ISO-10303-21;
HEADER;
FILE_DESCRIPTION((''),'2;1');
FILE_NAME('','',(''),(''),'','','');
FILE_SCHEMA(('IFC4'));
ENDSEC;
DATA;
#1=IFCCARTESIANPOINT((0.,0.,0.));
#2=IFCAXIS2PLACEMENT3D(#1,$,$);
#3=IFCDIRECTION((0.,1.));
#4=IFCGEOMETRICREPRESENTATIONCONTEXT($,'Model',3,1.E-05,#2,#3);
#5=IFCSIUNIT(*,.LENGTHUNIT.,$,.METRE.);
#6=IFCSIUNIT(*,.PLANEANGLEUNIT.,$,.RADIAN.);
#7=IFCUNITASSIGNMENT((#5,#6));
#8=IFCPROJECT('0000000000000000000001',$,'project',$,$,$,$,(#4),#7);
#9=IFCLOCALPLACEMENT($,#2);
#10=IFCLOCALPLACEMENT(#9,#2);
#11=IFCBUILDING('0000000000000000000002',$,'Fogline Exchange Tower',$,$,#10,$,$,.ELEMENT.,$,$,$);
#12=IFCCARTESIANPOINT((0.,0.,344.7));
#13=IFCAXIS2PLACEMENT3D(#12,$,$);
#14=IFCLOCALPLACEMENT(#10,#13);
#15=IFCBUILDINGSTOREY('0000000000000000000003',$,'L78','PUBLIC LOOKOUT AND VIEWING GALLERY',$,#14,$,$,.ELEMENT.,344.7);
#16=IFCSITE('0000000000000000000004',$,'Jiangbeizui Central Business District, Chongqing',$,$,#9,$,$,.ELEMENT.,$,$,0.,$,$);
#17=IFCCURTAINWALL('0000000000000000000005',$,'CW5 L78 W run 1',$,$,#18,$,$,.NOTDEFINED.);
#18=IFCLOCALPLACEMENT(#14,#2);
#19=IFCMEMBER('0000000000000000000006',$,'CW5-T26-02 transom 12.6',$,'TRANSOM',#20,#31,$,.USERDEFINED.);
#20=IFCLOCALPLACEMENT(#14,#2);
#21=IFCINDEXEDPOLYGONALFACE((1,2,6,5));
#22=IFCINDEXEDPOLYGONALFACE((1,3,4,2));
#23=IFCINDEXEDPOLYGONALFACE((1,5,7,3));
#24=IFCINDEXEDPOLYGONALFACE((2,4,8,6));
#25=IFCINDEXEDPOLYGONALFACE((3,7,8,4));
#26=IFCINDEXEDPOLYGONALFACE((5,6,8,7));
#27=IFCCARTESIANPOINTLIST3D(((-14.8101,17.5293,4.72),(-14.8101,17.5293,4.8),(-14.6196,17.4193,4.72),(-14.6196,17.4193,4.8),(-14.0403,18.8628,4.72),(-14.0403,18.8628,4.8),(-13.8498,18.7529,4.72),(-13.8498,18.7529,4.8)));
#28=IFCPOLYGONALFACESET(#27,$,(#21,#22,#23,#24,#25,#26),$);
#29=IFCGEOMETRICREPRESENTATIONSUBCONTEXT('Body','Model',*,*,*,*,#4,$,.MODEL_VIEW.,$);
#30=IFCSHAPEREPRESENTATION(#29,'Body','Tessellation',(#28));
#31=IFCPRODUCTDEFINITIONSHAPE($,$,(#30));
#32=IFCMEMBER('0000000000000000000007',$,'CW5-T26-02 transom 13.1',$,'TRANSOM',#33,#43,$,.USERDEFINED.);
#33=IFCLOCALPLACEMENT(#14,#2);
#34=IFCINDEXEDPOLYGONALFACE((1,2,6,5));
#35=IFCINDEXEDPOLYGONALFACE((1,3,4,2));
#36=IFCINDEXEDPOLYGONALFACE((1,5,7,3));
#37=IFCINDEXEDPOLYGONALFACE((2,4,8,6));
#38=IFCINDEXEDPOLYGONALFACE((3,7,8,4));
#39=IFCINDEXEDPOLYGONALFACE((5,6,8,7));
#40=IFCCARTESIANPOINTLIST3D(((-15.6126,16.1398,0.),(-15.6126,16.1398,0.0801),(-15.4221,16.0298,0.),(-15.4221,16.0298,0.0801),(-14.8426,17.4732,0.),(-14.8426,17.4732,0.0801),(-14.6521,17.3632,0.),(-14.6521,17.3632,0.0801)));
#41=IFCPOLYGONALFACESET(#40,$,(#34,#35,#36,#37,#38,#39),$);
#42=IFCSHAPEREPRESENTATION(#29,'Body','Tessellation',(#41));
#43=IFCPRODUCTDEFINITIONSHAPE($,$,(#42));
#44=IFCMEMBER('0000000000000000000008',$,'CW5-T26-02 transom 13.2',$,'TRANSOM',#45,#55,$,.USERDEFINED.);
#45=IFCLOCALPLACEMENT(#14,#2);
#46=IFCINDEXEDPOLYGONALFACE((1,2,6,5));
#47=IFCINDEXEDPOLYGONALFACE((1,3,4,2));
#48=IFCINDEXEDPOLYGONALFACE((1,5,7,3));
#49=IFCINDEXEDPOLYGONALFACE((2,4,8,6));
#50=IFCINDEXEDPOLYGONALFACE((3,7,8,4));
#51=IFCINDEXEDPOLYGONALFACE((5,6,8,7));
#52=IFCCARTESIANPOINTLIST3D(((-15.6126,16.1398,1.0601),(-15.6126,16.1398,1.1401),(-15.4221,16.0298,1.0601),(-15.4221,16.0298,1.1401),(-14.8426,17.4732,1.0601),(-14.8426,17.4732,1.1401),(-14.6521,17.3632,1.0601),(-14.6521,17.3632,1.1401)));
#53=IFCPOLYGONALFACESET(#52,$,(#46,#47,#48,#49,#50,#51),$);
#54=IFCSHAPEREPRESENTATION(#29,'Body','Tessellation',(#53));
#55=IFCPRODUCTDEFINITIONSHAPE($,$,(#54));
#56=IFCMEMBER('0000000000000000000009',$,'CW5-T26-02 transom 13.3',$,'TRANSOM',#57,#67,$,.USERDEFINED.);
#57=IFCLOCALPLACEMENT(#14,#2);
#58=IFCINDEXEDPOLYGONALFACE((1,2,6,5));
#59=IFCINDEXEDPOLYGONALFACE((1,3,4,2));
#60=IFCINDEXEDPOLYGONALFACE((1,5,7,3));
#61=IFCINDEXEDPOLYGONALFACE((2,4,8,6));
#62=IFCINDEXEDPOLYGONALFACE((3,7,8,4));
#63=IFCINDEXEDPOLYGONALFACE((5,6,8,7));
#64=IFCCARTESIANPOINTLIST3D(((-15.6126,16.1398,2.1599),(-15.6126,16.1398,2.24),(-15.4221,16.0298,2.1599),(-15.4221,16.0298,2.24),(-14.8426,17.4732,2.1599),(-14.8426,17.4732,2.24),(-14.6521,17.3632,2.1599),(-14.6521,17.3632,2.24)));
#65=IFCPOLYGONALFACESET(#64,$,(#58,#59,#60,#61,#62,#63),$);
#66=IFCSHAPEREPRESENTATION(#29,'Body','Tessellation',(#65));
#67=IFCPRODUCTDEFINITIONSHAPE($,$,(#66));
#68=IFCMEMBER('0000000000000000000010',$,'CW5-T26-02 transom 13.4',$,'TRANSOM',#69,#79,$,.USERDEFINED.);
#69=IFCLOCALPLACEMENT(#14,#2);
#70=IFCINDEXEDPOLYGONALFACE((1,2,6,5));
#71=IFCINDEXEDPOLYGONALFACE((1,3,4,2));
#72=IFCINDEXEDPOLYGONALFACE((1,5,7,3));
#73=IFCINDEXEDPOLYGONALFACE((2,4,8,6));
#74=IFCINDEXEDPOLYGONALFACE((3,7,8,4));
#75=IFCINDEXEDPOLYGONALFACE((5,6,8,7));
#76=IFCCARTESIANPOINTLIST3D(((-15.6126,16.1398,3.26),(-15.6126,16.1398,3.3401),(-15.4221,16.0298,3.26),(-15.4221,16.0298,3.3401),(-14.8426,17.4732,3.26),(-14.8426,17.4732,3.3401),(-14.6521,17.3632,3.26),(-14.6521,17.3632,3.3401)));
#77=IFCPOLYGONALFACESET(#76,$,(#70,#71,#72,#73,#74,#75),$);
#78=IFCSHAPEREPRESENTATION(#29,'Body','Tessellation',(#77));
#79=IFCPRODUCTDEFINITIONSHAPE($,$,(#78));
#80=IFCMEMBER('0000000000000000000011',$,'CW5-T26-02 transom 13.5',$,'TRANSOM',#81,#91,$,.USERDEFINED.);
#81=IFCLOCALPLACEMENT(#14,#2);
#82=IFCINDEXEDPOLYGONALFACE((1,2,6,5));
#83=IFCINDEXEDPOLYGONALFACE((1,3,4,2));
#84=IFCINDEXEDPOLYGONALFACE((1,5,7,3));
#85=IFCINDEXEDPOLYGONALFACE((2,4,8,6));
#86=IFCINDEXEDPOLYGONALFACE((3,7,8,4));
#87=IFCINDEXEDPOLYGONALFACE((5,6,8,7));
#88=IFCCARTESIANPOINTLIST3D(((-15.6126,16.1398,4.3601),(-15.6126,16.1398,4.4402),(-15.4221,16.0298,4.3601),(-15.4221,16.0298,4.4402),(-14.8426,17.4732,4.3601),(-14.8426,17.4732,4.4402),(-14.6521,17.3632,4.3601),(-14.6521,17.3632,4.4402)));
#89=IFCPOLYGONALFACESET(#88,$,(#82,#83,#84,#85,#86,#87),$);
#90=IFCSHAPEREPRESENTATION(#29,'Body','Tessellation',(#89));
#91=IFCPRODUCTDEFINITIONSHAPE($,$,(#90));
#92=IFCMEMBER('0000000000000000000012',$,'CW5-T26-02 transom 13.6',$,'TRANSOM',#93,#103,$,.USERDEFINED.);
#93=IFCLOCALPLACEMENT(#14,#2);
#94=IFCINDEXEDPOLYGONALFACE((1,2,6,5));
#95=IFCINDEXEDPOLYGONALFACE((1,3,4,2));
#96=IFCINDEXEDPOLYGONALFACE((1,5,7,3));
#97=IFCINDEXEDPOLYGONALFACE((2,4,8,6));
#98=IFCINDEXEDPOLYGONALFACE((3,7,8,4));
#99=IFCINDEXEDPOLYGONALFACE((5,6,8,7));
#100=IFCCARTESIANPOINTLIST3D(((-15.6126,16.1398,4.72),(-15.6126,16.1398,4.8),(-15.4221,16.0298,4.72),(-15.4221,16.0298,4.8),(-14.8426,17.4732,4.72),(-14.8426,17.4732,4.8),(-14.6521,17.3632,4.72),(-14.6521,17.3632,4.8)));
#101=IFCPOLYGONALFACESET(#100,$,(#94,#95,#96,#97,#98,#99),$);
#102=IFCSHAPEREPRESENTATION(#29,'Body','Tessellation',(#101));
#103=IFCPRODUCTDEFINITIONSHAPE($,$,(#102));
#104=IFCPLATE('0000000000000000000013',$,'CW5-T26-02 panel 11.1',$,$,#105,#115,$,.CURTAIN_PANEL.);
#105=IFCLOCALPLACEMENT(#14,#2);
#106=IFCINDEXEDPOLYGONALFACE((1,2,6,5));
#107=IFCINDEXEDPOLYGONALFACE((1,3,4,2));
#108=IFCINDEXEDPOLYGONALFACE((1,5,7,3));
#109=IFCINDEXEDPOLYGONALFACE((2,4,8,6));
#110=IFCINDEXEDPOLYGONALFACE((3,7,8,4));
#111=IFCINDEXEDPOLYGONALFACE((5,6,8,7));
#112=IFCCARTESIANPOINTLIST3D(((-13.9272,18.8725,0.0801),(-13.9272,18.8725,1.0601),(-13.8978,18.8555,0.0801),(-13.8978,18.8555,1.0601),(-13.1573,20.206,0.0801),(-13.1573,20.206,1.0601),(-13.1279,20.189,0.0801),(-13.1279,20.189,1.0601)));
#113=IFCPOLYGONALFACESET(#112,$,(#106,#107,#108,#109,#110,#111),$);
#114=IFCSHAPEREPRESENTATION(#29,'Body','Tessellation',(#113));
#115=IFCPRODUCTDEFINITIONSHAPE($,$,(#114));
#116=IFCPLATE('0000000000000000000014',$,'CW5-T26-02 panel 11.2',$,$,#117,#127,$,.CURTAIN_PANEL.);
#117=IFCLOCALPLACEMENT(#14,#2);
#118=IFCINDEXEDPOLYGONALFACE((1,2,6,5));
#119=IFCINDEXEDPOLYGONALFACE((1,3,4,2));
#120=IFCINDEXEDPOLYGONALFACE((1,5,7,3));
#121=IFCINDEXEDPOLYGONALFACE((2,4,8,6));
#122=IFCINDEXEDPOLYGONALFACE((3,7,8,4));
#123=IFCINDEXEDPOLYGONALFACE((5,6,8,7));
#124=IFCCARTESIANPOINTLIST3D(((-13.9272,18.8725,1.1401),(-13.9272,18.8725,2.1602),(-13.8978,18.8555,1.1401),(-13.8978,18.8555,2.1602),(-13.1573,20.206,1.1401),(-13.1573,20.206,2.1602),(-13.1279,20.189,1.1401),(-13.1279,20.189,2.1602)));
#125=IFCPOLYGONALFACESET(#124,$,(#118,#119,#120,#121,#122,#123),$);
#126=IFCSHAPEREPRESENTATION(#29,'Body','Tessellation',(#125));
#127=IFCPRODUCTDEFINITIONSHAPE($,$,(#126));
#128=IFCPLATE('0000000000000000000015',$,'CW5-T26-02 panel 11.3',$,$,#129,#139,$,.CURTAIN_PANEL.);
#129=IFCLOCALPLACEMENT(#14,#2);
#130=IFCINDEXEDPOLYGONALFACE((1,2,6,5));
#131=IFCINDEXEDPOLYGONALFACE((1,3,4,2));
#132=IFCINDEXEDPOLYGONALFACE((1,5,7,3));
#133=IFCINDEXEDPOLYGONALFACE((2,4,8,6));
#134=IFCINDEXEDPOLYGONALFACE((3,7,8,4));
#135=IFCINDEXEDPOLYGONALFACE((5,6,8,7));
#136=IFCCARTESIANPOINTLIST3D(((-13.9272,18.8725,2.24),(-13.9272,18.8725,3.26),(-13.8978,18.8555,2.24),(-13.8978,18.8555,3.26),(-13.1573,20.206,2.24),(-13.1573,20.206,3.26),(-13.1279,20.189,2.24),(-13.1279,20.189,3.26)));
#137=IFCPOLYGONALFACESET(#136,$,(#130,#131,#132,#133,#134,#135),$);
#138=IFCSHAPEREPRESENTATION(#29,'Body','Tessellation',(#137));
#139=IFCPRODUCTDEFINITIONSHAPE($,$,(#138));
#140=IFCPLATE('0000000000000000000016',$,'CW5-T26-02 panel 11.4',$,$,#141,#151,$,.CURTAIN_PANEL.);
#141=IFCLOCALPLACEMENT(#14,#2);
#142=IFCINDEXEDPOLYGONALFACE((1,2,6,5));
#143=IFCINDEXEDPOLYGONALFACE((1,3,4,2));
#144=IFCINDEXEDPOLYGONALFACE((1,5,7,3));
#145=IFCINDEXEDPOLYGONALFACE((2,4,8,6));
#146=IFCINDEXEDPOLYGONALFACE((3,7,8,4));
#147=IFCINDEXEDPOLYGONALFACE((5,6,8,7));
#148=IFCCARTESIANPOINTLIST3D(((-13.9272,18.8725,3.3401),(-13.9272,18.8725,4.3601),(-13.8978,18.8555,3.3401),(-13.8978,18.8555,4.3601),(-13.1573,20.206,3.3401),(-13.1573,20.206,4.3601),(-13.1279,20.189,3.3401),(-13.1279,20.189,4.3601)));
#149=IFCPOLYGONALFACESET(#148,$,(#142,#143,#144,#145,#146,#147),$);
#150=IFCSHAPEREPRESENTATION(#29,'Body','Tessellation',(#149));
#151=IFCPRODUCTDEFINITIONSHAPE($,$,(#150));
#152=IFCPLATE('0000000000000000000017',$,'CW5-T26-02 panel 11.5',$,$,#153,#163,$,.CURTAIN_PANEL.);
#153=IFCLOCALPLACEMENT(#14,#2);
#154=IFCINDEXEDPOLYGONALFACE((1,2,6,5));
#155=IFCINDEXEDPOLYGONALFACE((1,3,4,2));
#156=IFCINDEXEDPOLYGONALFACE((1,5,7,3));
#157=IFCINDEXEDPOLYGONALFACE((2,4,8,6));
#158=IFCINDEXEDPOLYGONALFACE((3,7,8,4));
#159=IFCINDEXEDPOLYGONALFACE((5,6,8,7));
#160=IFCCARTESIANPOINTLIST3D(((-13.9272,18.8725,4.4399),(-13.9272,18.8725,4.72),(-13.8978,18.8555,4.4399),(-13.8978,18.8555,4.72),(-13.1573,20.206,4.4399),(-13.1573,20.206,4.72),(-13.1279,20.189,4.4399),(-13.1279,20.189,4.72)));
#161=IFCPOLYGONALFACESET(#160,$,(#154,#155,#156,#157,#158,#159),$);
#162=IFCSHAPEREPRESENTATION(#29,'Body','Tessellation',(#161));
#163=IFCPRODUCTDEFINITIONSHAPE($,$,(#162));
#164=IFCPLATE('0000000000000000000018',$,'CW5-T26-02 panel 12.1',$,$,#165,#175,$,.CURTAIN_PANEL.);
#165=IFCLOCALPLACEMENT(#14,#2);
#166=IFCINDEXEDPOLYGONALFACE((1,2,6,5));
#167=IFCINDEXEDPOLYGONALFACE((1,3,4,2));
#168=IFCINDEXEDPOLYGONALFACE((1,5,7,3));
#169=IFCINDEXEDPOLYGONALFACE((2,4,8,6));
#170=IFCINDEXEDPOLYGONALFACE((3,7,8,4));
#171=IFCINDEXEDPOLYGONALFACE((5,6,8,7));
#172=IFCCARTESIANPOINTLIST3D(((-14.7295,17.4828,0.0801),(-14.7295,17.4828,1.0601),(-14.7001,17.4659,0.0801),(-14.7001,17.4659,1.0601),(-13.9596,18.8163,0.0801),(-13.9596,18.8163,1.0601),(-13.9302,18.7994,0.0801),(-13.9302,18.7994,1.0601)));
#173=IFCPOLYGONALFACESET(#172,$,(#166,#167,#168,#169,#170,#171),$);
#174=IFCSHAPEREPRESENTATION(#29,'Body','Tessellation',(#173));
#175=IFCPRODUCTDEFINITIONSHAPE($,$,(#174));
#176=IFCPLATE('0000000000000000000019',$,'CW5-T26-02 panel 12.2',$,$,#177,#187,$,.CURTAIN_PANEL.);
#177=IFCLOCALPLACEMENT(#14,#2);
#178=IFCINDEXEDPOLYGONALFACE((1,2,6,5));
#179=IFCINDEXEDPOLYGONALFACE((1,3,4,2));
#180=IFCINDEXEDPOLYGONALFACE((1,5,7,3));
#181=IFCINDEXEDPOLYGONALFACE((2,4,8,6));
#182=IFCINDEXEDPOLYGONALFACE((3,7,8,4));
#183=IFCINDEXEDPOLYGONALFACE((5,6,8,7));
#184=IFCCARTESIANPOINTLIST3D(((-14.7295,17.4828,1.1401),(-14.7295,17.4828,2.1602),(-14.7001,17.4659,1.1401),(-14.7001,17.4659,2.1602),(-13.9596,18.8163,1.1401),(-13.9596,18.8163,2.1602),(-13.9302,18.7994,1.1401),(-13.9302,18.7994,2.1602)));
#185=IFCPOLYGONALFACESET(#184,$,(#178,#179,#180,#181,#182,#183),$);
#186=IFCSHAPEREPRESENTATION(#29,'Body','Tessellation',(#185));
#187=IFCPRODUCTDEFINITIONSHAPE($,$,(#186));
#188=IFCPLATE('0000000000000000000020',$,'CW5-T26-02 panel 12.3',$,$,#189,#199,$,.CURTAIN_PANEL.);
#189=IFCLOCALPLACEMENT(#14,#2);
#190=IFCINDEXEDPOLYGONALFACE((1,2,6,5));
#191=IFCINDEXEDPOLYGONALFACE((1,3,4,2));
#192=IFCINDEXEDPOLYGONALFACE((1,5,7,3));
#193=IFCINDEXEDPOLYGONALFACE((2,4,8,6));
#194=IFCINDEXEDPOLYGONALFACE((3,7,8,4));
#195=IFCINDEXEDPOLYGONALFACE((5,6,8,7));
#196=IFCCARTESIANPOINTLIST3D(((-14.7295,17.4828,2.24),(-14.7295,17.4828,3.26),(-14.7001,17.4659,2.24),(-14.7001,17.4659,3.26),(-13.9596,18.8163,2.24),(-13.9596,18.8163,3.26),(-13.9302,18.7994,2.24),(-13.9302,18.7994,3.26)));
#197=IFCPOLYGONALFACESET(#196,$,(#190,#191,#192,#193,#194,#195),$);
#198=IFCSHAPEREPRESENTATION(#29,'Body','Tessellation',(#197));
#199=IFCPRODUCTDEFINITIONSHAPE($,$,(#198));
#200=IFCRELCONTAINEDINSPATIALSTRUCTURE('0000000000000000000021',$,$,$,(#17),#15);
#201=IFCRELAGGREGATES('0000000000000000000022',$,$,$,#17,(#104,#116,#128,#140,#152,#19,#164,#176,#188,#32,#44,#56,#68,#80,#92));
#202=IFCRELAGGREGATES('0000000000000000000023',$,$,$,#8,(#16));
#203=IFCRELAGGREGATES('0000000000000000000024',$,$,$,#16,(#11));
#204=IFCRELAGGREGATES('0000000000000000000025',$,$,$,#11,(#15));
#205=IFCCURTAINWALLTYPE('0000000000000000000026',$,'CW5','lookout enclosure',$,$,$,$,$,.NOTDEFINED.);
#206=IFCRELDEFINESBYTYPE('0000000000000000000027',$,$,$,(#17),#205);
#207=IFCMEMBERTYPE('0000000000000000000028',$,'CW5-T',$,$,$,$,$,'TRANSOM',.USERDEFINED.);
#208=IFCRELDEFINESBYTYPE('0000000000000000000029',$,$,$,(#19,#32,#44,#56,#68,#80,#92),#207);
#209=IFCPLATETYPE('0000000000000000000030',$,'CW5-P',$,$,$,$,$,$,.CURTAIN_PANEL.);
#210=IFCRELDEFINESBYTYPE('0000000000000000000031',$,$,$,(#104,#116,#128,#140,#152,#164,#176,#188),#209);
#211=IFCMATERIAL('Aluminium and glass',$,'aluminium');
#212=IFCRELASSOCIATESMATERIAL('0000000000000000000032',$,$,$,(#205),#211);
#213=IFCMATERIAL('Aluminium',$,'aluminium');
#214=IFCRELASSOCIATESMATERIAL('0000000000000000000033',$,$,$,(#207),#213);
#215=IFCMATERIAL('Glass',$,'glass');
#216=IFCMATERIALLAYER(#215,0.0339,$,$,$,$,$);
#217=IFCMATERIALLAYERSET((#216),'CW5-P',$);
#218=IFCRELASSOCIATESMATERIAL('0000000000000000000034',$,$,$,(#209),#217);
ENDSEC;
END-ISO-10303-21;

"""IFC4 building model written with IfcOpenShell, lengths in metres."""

from ifc_helpers import new_model, si_unit, direction, frame, origin, origin_2d, place, context, subcontext, project, spatial, rectangle, extrude, material, layer, layer_set, material_profile, profile_set, type_object, element, aggregate, save


model = new_model("IFC4")

# Units and contexts
model_context = context("Model", 3, precision=1e-05, world=origin(), true_north=direction((0.0, 1.0)))
body_context = subcontext(model_context, "Body", "Model", "MODEL_VIEW")
ifc_project = project(units=[si_unit("LENGTHUNIT", "METRE"), si_unit("PLANEANGLEUNIT", "RADIAN")], contexts=[model_context])

# Site, building, storey
site_placement = place(None, origin())
site = spatial("IfcSite", under=ifc_project, at=site_placement, Name="Jiangbeizui Central Business District, Chongqing", CompositionType="ELEMENT", RefElevation=0.0)
building_placement = place(site_placement, origin())
building = spatial("IfcBuilding", under=site, at=building_placement, Name="Fogline Exchange Tower", CompositionType="ELEMENT")
storey_placement = place(building_placement, frame((0.0, 0.0, 344.7)))
storey = spatial("IfcBuildingStorey", under=building, at=storey_placement, Name="L78", Description="PUBLIC LOOKOUT AND VIEWING GALLERY", CompositionType="ELEMENT", Elevation=344.7)

# Curtain wall, members, plates
ifc_material_1 = material(Name="Aluminium and glass", Category="aluminium")
curtain_wall_type = type_object("IfcCurtainWallType", Name="CW5", Description="lookout enclosure", PredefinedType="NOTDEFINED", material=ifc_material_1)
curtain_wall_placement = place(storey_placement, origin())
curtain_wall = element("IfcCurtainWall", 1, at=curtain_wall_placement, inside=storey, type_object=curtain_wall_type, Name="CW5 L78 W run 1", PredefinedType="NOTDEFINED")
ifc_material_2 = material(Name="Aluminium", Category="aluminium")
ifc_material_profile_1 = material_profile(ifc_material_2, rectangle(XDim=0.22, YDim=0.0801, at=origin_2d()), Name="Transom 80x220")
ifc_profile_set_1 = profile_set([ifc_material_profile_1], Name="Aluminium")
member_type_1 = type_object("IfcMemberType", Name="CW5-T", ElementType="TRANSOM", PredefinedType="USERDEFINED", material=ifc_profile_set_1)
member_1_placement = place(storey_placement, frame((-13.9451, 18.8079, 4.76), z_axis=(-0.499942, -0.866059, 0.0), x_axis=(0.866059, -0.499942, 0.0)))
member_1 = element("IfcMember", 2, at=member_1_placement, type_object=member_type_1, Name="CW5-T26-02 transom 12.6", ObjectType="TRANSOM", PredefinedType="USERDEFINED", context=body_context, shape_type="SweptSolid", body=[
    extrude(rectangle(XDim=0.22, YDim=0.0801, at=origin_2d()), origin(), (0.0, 0.0, 1.0), 1.5398),
])
member_2_placement = place(storey_placement, frame((-14.7473, 17.4182, 0.04), z_axis=(-0.500061, -0.86599, 0.0), x_axis=(0.86599, -0.500061, 0.0)))
member_2 = element("IfcMember", 3, at=member_2_placement, type_object=member_type_1, Name="CW5-T26-02 transom 13.1", ObjectType="TRANSOM", PredefinedType="USERDEFINED", context=body_context, shape_type="SweptSolid", body=[
    extrude(rectangle(XDim=0.22, YDim=0.0801, at=origin_2d()), origin(), (0.0, 0.0, 1.0), 1.5398),
])
member_3_placement = place(storey_placement, frame((-14.7473, 17.4182, 1.1001), z_axis=(-0.500061, -0.86599, 0.0), x_axis=(0.86599, -0.500061, 0.0)))
member_3 = element("IfcMember", 4, at=member_3_placement, type_object=member_type_1, Name="CW5-T26-02 transom 13.2", ObjectType="TRANSOM", PredefinedType="USERDEFINED", context=body_context, shape_type="SweptSolid", body=[
    extrude(rectangle(XDim=0.22, YDim=0.0801, at=origin_2d()), origin(), (0.0, 0.0, 1.0), 1.5398),
])
member_4_placement = place(storey_placement, frame((-14.7473, 17.4182, 2.2), z_axis=(-0.500061, -0.86599, 0.0), x_axis=(0.86599, -0.500061, 0.0)))
member_4 = element("IfcMember", 5, at=member_4_placement, type_object=member_type_1, Name="CW5-T26-02 transom 13.3", ObjectType="TRANSOM", PredefinedType="USERDEFINED", context=body_context, shape_type="SweptSolid", body=[
    extrude(rectangle(XDim=0.22, YDim=0.0801, at=origin_2d()), origin(), (0.0, 0.0, 1.0), 1.5398),
])
member_5_placement = place(storey_placement, frame((-14.7473, 17.4182, 3.3), z_axis=(-0.500061, -0.86599, 0.0), x_axis=(0.86599, -0.500061, 0.0)))
member_5 = element("IfcMember", 6, at=member_5_placement, type_object=member_type_1, Name="CW5-T26-02 transom 13.4", ObjectType="TRANSOM", PredefinedType="USERDEFINED", context=body_context, shape_type="SweptSolid", body=[
    extrude(rectangle(XDim=0.22, YDim=0.0801, at=origin_2d()), origin(), (0.0, 0.0, 1.0), 1.5398),
])
member_6_placement = place(storey_placement, frame((-14.7473, 17.4182, 4.4001), z_axis=(-0.500061, -0.86599, 0.0), x_axis=(0.86599, -0.500061, 0.0)))
member_6 = element("IfcMember", 7, at=member_6_placement, type_object=member_type_1, Name="CW5-T26-02 transom 13.5", ObjectType="TRANSOM", PredefinedType="USERDEFINED", context=body_context, shape_type="SweptSolid", body=[
    extrude(rectangle(XDim=0.22, YDim=0.0801, at=origin_2d()), origin(), (0.0, 0.0, 1.0), 1.5398),
])
member_7_placement = place(storey_placement, frame((-14.7473, 17.4182, 4.76), z_axis=(-0.500061, -0.86599, 0.0), x_axis=(0.86599, -0.500061, 0.0)))
member_7 = element("IfcMember", 8, at=member_7_placement, type_object=member_type_1, Name="CW5-T26-02 transom 13.6", ObjectType="TRANSOM", PredefinedType="USERDEFINED", context=body_context, shape_type="SweptSolid", body=[
    extrude(rectangle(XDim=0.22, YDim=0.0801, at=origin_2d()), origin(), (0.0, 0.0, 1.0), 1.5398),
])
ifc_material_3 = material(Name="Glass", Category="glass")
ifc_layer_1 = layer(ifc_material_3, 0.0339)
ifc_layer_set_1 = layer_set([ifc_layer_1], Name="CW5-P")
plate_type = type_object("IfcPlateType", Name="CW5-P", PredefinedType="CURTAIN_PANEL", material=ifc_layer_set_1)
plate_1_placement = place(storey_placement, frame((-13.5276, 19.5308, 0.0801), z_axis=(0.0, 0.0, 1.0), x_axis=(-0.5, -0.866025, 0.0)))
plate_1 = element("IfcPlate", 9, at=plate_1_placement, type_object=plate_type, Name="CW5-T26-02 panel 11.1", PredefinedType="CURTAIN_PANEL", context=body_context, shape_type="SweptSolid", body=[
    extrude(rectangle(XDim=1.5398, YDim=0.0339, at=origin_2d()), origin(), (0.0, 0.0, 1.0), 0.98),
])
plate_2_placement = place(storey_placement, frame((-13.5276, 19.5308, 1.1401), z_axis=(0.0, 0.0, 1.0), x_axis=(-0.5, -0.866025, 0.0)))
plate_2 = element("IfcPlate", 10, at=plate_2_placement, type_object=plate_type, Name="CW5-T26-02 panel 11.2", PredefinedType="CURTAIN_PANEL", context=body_context, shape_type="SweptSolid", body=[
    extrude(rectangle(XDim=1.5398, YDim=0.0339, at=origin_2d()), origin(), (0.0, 0.0, 1.0), 1.02),
])
plate_3_placement = place(storey_placement, frame((-13.5276, 19.5308, 2.24), z_axis=(0.0, 0.0, 1.0), x_axis=(-0.5, -0.866025, 0.0)))
plate_3 = element("IfcPlate", 11, at=plate_3_placement, type_object=plate_type, Name="CW5-T26-02 panel 11.3", PredefinedType="CURTAIN_PANEL", context=body_context, shape_type="SweptSolid", body=[
    extrude(rectangle(XDim=1.5398, YDim=0.0339, at=origin_2d()), origin(), (0.0, 0.0, 1.0), 1.02),
])
plate_4_placement = place(storey_placement, frame((-13.5276, 19.5308, 3.3401), z_axis=(0.0, 0.0, 1.0), x_axis=(-0.5, -0.866025, 0.0)))
plate_4 = element("IfcPlate", 12, at=plate_4_placement, type_object=plate_type, Name="CW5-T26-02 panel 11.4", PredefinedType="CURTAIN_PANEL", context=body_context, shape_type="SweptSolid", body=[
    extrude(rectangle(XDim=1.5398, YDim=0.0339, at=origin_2d()), origin(), (0.0, 0.0, 1.0), 1.02),
])
plate_5_placement = place(storey_placement, frame((-13.5276, 19.5308, 4.4399), z_axis=(0.0, 0.0, 1.0), x_axis=(-0.5, -0.866025, 0.0)))
plate_5 = element("IfcPlate", 13, at=plate_5_placement, type_object=plate_type, Name="CW5-T26-02 panel 11.5", PredefinedType="CURTAIN_PANEL", context=body_context, shape_type="SweptSolid", body=[
    extrude(rectangle(XDim=1.5398, YDim=0.0339, at=origin_2d()), origin(), (0.0, 0.0, 1.0), 0.28),
])
plate_6_placement = place(storey_placement, frame((-14.3298, 18.1411, 0.0801), z_axis=(0.0, 0.0, 1.0), x_axis=(-0.5, -0.866025, 0.0)))
plate_6 = element("IfcPlate", 14, at=plate_6_placement, type_object=plate_type, Name="CW5-T26-02 panel 12.1", PredefinedType="CURTAIN_PANEL", context=body_context, shape_type="SweptSolid", body=[
    extrude(rectangle(XDim=1.5398, YDim=0.0339, at=origin_2d()), origin(), (0.0, 0.0, 1.0), 0.98),
])
plate_7_placement = place(storey_placement, frame((-14.3298, 18.1411, 1.1401), z_axis=(0.0, 0.0, 1.0), x_axis=(-0.5, -0.866025, 0.0)))
plate_7 = element("IfcPlate", 15, at=plate_7_placement, type_object=plate_type, Name="CW5-T26-02 panel 12.2", PredefinedType="CURTAIN_PANEL", context=body_context, shape_type="SweptSolid", body=[
    extrude(rectangle(XDim=1.5398, YDim=0.0339, at=origin_2d()), origin(), (0.0, 0.0, 1.0), 1.02),
])
plate_8_placement = place(storey_placement, frame((-14.3298, 18.1411, 2.24), z_axis=(0.0, 0.0, 1.0), x_axis=(-0.5, -0.866025, 0.0)))
plate_8 = element("IfcPlate", 16, at=plate_8_placement, type_object=plate_type, Name="CW5-T26-02 panel 12.3", PredefinedType="CURTAIN_PANEL", context=body_context, shape_type="SweptSolid", body=[
    extrude(rectangle(XDim=1.5398, YDim=0.0339, at=origin_2d()), origin(), (0.0, 0.0, 1.0), 1.02),
])
aggregate(curtain_wall, [plate_1, plate_2, plate_3, plate_4, plate_5, member_1, plate_6, plate_7, plate_8, member_2, member_3, member_4, member_5, member_6, member_7])

save(model, "model.ifc")
